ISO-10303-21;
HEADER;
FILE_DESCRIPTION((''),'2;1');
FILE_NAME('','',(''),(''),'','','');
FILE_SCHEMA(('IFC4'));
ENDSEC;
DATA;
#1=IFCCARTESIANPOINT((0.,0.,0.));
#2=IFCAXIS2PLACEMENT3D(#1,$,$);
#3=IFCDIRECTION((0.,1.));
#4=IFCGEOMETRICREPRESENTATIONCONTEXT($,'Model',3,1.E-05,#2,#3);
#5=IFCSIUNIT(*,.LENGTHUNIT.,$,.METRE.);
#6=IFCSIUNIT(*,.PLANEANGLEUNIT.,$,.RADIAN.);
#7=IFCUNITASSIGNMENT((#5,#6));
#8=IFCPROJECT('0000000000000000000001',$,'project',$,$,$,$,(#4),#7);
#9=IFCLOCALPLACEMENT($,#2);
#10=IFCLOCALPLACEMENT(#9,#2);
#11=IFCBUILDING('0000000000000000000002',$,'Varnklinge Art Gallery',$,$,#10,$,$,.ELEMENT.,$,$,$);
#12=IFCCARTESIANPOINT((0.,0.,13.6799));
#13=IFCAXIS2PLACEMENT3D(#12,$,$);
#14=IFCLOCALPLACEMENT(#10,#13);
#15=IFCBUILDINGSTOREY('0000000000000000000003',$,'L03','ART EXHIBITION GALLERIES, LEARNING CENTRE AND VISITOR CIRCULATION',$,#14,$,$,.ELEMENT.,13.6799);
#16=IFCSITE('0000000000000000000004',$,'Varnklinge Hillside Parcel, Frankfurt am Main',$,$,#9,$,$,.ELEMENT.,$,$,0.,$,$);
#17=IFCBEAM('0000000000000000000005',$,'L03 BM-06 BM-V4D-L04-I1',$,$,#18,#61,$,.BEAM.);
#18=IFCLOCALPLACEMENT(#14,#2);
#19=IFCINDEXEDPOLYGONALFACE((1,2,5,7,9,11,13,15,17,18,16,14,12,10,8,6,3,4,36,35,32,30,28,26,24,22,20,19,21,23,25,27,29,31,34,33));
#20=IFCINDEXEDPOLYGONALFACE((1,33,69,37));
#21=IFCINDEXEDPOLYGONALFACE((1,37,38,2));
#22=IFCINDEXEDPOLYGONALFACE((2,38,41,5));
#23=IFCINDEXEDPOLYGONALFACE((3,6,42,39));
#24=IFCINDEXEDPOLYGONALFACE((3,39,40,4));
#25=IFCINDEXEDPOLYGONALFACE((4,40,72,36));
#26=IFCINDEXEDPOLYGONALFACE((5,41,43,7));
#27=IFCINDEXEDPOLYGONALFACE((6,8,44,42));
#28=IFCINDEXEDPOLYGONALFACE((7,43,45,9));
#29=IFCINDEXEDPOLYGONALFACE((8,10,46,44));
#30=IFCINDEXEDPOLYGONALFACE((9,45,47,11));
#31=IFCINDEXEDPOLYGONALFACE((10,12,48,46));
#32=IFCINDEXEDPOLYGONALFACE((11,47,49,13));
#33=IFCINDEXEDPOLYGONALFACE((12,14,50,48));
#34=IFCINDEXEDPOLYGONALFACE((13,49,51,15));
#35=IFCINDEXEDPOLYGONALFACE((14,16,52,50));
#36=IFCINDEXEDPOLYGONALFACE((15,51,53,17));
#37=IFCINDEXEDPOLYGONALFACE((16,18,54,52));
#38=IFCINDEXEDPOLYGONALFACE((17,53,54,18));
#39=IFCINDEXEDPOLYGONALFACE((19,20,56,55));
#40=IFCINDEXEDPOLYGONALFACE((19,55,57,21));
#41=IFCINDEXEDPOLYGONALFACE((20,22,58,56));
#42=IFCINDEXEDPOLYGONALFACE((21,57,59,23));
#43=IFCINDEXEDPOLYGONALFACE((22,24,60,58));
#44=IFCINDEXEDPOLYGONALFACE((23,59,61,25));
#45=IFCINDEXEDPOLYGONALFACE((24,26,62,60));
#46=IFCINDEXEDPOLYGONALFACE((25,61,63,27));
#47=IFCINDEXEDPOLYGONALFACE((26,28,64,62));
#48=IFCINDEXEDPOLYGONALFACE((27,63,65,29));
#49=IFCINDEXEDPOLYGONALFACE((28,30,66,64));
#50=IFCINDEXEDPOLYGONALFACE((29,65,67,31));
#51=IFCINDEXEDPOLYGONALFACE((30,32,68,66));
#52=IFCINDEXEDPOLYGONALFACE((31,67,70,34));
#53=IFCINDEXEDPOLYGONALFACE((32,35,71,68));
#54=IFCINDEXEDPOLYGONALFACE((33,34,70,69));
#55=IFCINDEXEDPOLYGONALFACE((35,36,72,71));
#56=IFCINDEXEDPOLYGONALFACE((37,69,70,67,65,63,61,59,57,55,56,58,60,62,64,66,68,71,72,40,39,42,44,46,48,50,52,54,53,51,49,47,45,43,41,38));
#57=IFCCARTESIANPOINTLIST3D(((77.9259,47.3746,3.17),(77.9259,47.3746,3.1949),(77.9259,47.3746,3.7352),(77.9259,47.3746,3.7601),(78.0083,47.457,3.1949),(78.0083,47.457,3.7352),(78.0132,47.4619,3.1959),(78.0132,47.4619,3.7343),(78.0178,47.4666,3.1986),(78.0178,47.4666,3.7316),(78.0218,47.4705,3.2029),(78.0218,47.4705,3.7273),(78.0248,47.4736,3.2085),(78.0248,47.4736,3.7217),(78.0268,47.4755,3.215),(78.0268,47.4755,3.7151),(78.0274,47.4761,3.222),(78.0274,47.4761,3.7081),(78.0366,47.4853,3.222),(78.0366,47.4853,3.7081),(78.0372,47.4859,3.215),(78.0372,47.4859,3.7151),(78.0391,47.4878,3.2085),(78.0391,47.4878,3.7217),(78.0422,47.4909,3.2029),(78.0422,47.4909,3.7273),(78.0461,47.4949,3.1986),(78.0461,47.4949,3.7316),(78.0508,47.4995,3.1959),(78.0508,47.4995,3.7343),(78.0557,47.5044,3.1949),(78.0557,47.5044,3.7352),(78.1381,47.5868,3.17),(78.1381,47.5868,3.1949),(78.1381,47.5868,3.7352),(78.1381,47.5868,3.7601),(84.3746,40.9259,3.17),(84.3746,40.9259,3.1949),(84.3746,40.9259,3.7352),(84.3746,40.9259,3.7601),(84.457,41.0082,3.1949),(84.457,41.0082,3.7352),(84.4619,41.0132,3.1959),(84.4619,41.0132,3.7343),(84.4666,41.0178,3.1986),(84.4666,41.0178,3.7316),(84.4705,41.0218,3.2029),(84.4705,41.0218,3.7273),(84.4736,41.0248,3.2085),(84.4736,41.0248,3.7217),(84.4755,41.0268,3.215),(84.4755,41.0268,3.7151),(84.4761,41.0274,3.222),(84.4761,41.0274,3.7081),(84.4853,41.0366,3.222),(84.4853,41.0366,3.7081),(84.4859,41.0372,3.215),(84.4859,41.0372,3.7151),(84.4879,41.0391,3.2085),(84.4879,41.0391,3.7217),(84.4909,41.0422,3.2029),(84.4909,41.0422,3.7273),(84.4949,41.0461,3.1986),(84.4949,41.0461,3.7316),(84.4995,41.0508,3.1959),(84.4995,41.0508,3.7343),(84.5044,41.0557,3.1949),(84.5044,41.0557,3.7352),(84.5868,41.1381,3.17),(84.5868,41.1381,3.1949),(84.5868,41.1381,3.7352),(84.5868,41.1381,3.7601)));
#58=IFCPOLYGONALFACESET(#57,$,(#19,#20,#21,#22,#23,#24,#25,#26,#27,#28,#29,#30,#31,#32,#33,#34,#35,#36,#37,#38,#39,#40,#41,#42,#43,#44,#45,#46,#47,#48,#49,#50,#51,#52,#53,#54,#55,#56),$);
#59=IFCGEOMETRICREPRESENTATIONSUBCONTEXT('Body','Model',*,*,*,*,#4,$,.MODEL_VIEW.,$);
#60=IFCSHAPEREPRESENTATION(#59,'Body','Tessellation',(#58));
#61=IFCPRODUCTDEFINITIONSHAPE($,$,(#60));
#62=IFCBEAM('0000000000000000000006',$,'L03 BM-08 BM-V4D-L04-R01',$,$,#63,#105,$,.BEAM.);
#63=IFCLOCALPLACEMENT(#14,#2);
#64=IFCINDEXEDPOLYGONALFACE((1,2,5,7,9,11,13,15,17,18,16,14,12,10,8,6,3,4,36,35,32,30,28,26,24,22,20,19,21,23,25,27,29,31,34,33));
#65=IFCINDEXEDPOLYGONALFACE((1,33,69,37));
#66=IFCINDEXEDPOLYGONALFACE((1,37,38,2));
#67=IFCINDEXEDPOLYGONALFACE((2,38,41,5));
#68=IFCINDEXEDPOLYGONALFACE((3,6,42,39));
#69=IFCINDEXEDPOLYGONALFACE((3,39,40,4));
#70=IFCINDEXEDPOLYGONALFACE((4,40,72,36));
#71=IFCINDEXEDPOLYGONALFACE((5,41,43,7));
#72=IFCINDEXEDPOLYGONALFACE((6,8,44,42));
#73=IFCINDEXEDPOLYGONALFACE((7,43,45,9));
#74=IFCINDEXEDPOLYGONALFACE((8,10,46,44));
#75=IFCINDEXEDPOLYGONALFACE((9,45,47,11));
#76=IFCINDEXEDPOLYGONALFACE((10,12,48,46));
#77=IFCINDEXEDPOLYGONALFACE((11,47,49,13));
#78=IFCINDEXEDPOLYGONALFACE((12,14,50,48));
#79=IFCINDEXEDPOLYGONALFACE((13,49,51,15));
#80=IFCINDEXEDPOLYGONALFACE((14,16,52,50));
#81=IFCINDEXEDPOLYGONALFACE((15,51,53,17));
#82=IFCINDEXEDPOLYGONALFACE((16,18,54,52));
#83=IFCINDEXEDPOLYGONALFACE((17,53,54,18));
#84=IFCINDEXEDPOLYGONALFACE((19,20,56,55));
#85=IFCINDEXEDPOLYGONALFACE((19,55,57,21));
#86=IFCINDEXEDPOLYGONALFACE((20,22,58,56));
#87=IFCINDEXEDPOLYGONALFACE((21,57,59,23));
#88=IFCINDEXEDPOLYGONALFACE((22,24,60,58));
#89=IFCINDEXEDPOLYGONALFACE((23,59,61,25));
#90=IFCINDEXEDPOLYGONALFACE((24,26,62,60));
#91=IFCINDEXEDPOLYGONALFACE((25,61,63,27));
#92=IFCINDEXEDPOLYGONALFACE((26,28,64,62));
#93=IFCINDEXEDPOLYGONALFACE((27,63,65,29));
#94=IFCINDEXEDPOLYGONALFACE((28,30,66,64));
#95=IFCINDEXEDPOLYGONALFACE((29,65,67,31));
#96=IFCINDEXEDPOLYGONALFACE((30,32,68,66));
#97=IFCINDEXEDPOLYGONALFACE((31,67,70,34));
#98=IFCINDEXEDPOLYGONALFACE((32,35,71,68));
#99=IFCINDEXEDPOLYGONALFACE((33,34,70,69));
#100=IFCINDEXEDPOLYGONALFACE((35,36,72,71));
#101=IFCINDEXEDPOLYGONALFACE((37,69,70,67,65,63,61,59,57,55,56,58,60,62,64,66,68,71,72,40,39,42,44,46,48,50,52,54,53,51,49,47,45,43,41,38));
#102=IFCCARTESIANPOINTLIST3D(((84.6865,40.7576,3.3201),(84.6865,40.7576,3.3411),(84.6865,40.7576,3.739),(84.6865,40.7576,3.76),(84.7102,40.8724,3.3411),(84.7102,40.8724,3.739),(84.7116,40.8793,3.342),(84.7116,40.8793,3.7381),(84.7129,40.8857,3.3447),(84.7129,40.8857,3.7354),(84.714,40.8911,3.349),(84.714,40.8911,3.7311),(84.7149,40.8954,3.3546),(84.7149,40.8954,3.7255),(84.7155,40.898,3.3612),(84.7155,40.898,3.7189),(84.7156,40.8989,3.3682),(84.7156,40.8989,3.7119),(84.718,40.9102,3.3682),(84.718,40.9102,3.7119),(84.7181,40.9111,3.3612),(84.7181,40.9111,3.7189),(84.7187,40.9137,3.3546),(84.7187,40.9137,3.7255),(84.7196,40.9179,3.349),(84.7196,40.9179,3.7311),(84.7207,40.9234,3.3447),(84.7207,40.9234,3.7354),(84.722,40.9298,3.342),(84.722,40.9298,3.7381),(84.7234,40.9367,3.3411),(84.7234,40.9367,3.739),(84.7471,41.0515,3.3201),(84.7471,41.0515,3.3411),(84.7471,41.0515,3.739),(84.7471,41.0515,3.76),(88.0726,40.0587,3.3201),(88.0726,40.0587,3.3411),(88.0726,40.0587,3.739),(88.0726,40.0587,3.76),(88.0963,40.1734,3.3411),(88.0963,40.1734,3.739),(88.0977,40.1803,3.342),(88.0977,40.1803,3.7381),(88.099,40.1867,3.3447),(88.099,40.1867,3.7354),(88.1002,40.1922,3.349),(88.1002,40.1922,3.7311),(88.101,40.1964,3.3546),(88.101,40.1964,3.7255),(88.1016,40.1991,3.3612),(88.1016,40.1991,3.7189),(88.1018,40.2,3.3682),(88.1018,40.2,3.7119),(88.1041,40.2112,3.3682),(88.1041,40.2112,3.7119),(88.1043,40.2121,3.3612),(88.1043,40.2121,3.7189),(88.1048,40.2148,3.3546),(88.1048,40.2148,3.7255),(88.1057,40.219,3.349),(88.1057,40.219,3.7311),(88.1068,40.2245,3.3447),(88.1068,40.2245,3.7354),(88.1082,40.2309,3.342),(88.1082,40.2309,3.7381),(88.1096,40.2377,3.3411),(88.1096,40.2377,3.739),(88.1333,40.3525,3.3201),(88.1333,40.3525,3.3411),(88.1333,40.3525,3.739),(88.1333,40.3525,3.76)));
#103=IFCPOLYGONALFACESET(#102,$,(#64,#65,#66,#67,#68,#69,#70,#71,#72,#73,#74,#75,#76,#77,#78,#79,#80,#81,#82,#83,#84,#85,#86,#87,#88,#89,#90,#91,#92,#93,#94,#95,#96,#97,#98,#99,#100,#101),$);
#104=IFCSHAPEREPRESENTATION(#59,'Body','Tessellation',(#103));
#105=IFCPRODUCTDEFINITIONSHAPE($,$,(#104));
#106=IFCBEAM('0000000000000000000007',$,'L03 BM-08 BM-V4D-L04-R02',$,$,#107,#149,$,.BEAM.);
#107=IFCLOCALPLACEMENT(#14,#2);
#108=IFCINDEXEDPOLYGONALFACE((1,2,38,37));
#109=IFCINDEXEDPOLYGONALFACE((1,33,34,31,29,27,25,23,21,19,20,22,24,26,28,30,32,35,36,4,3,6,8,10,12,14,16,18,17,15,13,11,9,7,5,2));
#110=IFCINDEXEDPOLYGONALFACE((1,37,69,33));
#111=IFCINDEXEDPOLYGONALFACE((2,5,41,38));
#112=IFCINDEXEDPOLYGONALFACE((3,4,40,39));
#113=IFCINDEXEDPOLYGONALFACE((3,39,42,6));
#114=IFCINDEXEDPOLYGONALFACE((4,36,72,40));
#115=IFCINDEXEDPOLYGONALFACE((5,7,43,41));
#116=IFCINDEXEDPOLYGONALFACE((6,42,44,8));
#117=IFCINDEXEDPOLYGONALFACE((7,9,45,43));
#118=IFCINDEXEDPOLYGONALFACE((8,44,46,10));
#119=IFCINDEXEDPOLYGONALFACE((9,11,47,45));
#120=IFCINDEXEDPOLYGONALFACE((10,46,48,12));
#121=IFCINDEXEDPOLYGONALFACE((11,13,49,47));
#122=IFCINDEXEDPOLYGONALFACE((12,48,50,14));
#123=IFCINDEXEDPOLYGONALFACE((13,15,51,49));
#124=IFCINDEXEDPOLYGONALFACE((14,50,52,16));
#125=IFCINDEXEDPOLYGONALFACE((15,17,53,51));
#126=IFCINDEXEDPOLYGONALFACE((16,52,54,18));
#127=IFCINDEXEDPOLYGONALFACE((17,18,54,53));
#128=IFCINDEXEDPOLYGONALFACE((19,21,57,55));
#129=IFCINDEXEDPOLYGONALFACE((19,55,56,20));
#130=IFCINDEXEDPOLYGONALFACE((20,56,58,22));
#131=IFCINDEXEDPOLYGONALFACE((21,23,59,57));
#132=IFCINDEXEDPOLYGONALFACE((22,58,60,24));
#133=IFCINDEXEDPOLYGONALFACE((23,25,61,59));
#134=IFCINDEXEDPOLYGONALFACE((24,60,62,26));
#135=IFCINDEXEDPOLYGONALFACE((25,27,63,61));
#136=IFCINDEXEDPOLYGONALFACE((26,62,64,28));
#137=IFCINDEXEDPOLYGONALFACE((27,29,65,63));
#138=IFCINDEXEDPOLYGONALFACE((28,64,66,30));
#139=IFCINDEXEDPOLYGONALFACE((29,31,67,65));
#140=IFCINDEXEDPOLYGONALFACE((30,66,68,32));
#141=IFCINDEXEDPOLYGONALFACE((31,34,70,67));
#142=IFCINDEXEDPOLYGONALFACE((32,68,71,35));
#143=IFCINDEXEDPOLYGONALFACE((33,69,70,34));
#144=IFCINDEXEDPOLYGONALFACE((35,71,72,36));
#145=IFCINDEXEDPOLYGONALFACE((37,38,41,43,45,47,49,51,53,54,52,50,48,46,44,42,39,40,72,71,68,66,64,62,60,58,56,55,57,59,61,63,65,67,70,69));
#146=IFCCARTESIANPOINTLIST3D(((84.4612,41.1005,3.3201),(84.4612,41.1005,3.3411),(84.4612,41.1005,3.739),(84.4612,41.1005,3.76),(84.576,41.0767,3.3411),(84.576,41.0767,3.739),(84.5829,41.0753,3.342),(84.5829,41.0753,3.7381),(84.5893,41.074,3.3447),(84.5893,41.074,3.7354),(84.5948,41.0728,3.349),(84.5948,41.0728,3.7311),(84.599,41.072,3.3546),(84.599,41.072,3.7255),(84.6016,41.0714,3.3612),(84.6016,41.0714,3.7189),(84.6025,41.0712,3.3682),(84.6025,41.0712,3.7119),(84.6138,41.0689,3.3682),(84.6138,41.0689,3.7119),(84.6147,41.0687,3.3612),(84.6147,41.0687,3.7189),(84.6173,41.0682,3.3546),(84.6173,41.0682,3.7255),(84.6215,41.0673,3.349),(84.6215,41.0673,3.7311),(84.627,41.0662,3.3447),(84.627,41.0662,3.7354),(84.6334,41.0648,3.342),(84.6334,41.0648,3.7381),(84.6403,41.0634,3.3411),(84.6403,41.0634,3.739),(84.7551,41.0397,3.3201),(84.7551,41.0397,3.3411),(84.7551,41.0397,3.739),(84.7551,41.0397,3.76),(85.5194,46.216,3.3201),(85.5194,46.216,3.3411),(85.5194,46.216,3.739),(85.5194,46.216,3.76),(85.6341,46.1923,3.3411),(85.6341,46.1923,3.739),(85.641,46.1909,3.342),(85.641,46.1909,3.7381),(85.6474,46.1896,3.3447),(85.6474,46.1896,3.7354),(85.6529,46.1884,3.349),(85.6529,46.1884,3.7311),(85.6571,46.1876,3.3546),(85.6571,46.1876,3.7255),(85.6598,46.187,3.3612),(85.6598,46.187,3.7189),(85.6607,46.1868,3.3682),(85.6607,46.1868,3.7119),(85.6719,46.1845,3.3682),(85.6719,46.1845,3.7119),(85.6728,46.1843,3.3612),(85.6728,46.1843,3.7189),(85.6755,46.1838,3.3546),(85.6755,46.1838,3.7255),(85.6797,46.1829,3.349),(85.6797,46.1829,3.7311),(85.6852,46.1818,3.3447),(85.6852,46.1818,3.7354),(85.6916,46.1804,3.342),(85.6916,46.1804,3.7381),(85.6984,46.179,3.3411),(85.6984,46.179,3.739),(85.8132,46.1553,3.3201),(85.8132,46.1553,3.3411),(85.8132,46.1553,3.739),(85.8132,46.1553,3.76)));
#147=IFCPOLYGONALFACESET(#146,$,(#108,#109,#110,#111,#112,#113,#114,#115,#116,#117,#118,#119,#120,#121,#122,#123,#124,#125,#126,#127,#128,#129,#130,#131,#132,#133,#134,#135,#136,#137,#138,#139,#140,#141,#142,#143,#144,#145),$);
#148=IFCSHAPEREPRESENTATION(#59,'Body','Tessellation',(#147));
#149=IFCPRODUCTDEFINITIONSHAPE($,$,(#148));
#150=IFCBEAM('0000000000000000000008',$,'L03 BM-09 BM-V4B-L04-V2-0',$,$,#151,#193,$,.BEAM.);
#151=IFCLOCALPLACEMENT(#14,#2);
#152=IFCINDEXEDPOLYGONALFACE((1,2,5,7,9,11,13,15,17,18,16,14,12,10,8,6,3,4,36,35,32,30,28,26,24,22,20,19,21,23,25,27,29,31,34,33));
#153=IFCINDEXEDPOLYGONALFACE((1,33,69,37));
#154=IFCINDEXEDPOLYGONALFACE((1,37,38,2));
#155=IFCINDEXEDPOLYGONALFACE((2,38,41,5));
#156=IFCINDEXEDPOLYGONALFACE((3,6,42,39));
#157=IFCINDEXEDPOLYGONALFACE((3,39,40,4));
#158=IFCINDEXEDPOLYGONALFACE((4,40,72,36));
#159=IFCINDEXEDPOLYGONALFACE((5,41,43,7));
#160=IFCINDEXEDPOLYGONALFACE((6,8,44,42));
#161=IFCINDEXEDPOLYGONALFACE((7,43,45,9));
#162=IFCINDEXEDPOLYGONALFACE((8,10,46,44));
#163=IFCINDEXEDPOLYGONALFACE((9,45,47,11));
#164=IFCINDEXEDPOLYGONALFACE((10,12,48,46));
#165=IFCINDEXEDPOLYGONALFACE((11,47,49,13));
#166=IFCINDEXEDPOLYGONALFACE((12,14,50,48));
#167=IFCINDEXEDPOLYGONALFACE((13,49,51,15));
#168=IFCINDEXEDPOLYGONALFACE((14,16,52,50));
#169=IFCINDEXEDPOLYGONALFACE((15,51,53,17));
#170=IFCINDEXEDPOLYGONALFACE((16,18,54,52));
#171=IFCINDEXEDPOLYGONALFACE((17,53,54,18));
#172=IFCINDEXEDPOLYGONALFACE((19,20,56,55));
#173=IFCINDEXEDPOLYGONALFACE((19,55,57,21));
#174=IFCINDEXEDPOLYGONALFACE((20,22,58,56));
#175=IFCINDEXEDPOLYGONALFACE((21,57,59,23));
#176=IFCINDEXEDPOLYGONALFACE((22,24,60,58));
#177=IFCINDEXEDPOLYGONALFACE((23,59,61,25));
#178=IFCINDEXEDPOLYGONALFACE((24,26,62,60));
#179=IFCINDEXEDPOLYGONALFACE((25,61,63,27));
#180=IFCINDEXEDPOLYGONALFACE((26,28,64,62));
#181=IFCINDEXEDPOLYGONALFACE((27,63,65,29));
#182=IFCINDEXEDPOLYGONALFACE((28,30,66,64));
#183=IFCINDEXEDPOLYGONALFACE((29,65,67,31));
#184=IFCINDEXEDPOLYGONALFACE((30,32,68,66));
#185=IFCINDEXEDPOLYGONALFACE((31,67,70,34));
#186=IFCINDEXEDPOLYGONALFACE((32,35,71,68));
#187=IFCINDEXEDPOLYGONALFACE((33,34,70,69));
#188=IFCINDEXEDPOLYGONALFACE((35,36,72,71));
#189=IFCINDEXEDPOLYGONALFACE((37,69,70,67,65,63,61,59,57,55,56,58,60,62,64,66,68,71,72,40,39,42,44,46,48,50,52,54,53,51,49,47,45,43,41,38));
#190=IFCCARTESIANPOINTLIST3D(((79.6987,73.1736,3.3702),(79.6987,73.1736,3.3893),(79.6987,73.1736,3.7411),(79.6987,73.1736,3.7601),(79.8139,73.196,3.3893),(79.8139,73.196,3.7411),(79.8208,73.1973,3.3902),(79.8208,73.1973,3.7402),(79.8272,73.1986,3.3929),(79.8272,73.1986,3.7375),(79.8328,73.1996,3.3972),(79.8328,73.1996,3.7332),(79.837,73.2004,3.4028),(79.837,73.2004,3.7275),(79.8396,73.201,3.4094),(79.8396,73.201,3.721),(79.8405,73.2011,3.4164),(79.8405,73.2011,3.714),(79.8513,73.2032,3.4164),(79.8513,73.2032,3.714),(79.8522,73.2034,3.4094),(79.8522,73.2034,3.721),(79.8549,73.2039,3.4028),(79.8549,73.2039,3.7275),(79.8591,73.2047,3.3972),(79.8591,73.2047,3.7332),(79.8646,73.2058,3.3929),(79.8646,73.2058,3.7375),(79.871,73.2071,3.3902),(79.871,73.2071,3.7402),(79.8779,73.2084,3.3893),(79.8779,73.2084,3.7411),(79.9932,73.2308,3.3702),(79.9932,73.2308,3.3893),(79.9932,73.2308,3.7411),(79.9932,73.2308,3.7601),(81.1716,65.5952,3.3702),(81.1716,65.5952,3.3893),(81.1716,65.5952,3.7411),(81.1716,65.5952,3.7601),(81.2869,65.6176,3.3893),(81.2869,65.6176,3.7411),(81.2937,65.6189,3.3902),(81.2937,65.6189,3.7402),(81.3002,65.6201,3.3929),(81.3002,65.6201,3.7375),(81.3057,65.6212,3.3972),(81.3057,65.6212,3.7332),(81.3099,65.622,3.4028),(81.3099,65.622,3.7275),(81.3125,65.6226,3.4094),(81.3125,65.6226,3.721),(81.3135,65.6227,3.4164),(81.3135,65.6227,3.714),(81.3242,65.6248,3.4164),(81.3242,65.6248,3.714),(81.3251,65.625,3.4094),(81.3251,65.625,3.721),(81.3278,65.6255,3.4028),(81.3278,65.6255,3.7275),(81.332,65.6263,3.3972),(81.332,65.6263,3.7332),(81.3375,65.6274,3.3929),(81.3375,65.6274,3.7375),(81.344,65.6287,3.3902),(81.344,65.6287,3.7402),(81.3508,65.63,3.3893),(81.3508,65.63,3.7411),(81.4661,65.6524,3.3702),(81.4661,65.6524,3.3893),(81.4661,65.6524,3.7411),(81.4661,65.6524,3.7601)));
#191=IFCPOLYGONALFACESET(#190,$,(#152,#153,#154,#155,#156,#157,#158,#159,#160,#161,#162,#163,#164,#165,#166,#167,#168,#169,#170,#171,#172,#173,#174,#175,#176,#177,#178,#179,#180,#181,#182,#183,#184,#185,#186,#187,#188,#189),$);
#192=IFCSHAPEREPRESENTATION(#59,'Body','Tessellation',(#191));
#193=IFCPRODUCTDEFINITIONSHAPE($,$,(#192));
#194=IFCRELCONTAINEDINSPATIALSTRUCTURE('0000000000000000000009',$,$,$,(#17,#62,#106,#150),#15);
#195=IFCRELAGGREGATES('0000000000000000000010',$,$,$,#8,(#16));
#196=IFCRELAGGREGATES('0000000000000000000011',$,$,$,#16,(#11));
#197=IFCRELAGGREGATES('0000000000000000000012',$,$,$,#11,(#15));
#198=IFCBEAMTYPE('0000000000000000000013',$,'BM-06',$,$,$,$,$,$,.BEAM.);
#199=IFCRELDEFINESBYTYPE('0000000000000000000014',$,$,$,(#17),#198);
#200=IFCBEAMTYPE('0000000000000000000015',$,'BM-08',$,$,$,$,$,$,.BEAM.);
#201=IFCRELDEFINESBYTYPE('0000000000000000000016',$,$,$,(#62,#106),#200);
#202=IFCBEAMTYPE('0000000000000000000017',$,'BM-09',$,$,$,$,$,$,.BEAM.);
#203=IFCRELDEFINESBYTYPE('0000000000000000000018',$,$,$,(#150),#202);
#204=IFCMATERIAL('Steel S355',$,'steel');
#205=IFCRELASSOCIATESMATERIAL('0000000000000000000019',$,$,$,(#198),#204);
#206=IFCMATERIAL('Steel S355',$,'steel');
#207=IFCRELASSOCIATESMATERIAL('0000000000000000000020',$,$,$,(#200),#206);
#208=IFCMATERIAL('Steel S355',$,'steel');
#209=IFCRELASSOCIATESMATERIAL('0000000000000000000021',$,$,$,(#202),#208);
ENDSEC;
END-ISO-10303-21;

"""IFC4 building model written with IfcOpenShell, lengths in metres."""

from ifc_helpers import new_model, si_unit, direction, frame, origin, origin_2d, place, context, subcontext, project, spatial, i_section, extrude, material, material_profile, profile_set, type_object, element, save


model = new_model("IFC4")

# Units and contexts
model_context = context("Model", 3, precision=1e-05, world=origin(), true_north=direction((0.0, 1.0)))
body_context = subcontext(model_context, "Body", "Model", "MODEL_VIEW")
ifc_project = project(units=[si_unit("LENGTHUNIT", "METRE"), si_unit("PLANEANGLEUNIT", "RADIAN")], contexts=[model_context])

# Site, building, storey
site_placement = place(None, origin())
site = spatial("IfcSite", under=ifc_project, at=site_placement, Name="Varnklinge Hillside Parcel, Frankfurt am Main", CompositionType="ELEMENT", RefElevation=0.0)
building_placement = place(site_placement, origin())
building = spatial("IfcBuilding", under=site, at=building_placement, Name="Varnklinge Art Gallery", CompositionType="ELEMENT")
storey_placement = place(building_placement, frame((0.0, 0.0, 13.6799)))
storey = spatial("IfcBuildingStorey", under=building, at=storey_placement, Name="L03", Description="ART EXHIBITION GALLERIES, LEARNING CENTRE AND VISITOR CIRCULATION", CompositionType="ELEMENT", Elevation=13.6799)

# Beams
ifc_material_1 = material(Name="Steel S355", Category="steel")
ifc_material_profile_1 = material_profile(ifc_material_1, i_section(OverallWidth=0.3, OverallDepth=0.5901, WebThickness=0.0129, FlangeThickness=0.0249, FilletRadius=0.0271, at=origin_2d()), Name="HEA 600")
ifc_profile_set_1 = profile_set([ifc_material_profile_1], Name="Steel S355")
beam_type_1 = type_object("IfcBeamType", Name="BM-06", PredefinedType="BEAM", material=ifc_profile_set_1)
beam_1_placement = place(storey_placement, frame((84.4807, 41.032, 3.4651), z_axis=(-0.707107, 0.707107, 0.0), x_axis=(-0.707107, -0.707107, 0.0)))
element("IfcBeam", 1, at=beam_1_placement, inside=storey, type_object=beam_type_1, Name="L03 BM-06 BM-V4D-L04-I1", PredefinedType="BEAM", context=body_context, shape_type="SweptSolid", body=[
    extrude(i_section(OverallWidth=0.3, OverallDepth=0.5901, WebThickness=0.0129, FlangeThickness=0.0249, FilletRadius=0.0271, at=origin_2d()), origin(), (0.0, 0.0, 1.0), 9.1199),
])
ifc_material_2 = material(Name="Steel S355", Category="steel")
ifc_material_profile_2 = material_profile(ifc_material_2, i_section(OverallWidth=0.3, OverallDepth=0.4399, WebThickness=0.0115, FlangeThickness=0.021, FilletRadius=0.0271, at=origin_2d()), Name="HEA 450")
ifc_profile_set_2 = profile_set([ifc_material_profile_2], Name="Steel S355")
beam_type_2 = type_object("IfcBeamType", Name="BM-08", PredefinedType="BEAM", material=ifc_profile_set_2)
beam_2_placement = place(storey_placement, frame((84.7168, 40.9045, 3.54), z_axis=(0.979354, -0.202155, 0.0), x_axis=(0.202155, 0.979354, 0.0)))
element("IfcBeam", 2, at=beam_2_placement, inside=storey, type_object=beam_type_2, Name="L03 BM-08 BM-V4D-L04-R01", PredefinedType="BEAM", context=body_context, shape_type="SweptSolid", body=[
    extrude(i_section(OverallWidth=0.3, OverallDepth=0.4399, WebThickness=0.0115, FlangeThickness=0.021, FilletRadius=0.0271, at=origin_2d()), origin(), (0.0, 0.0, 1.0), 3.4575),
])
beam_3_placement = place(storey_placement, frame((84.6082, 41.0701, 3.54), z_axis=(0.202556, 0.979271, 0.0), x_axis=(-0.979271, 0.202556, 0.0)))
element("IfcBeam", 3, at=beam_3_placement, inside=storey, type_object=beam_type_2, Name="L03 BM-08 BM-V4D-L04-R02", PredefinedType="BEAM", context=body_context, shape_type="SweptSolid", body=[
    extrude(i_section(OverallWidth=0.3, OverallDepth=0.4399, WebThickness=0.0115, FlangeThickness=0.021, FilletRadius=0.0271, at=origin_2d()), origin(), (0.0, 0.0, 1.0), 5.2239),
])
ifc_material_3 = material(Name="Steel S355", Category="steel")
ifc_material_profile_3 = material_profile(ifc_material_3, i_section(OverallWidth=0.3, OverallDepth=0.3899, WebThickness=0.011, FlangeThickness=0.019, FilletRadius=0.0271, at=origin_2d()), Name="HEA 400")
ifc_profile_set_3 = profile_set([ifc_material_profile_3], Name="Steel S355")
beam_type_3 = type_object("IfcBeamType", Name="BM-09", PredefinedType="BEAM", material=ifc_profile_set_3)
beam_4_placement = place(storey_placement, frame((81.3188, 65.6238, 3.5652), z_axis=(-0.190786, 0.981632, 0.0), x_axis=(-0.981632, -0.190786, 0.0)))
element("IfcBeam", 4, at=beam_4_placement, inside=storey, type_object=beam_type_3, Name="L03 BM-09 BM-V4B-L04-V2-0", PredefinedType="BEAM", context=body_context, shape_type="SweptSolid", body=[
    extrude(i_section(OverallWidth=0.3, OverallDepth=0.3899, WebThickness=0.011, FlangeThickness=0.019, FilletRadius=0.0271, at=origin_2d()), origin(), (0.0, 0.0, 1.0), 7.7202),
])

save(model, "model.ifc")
